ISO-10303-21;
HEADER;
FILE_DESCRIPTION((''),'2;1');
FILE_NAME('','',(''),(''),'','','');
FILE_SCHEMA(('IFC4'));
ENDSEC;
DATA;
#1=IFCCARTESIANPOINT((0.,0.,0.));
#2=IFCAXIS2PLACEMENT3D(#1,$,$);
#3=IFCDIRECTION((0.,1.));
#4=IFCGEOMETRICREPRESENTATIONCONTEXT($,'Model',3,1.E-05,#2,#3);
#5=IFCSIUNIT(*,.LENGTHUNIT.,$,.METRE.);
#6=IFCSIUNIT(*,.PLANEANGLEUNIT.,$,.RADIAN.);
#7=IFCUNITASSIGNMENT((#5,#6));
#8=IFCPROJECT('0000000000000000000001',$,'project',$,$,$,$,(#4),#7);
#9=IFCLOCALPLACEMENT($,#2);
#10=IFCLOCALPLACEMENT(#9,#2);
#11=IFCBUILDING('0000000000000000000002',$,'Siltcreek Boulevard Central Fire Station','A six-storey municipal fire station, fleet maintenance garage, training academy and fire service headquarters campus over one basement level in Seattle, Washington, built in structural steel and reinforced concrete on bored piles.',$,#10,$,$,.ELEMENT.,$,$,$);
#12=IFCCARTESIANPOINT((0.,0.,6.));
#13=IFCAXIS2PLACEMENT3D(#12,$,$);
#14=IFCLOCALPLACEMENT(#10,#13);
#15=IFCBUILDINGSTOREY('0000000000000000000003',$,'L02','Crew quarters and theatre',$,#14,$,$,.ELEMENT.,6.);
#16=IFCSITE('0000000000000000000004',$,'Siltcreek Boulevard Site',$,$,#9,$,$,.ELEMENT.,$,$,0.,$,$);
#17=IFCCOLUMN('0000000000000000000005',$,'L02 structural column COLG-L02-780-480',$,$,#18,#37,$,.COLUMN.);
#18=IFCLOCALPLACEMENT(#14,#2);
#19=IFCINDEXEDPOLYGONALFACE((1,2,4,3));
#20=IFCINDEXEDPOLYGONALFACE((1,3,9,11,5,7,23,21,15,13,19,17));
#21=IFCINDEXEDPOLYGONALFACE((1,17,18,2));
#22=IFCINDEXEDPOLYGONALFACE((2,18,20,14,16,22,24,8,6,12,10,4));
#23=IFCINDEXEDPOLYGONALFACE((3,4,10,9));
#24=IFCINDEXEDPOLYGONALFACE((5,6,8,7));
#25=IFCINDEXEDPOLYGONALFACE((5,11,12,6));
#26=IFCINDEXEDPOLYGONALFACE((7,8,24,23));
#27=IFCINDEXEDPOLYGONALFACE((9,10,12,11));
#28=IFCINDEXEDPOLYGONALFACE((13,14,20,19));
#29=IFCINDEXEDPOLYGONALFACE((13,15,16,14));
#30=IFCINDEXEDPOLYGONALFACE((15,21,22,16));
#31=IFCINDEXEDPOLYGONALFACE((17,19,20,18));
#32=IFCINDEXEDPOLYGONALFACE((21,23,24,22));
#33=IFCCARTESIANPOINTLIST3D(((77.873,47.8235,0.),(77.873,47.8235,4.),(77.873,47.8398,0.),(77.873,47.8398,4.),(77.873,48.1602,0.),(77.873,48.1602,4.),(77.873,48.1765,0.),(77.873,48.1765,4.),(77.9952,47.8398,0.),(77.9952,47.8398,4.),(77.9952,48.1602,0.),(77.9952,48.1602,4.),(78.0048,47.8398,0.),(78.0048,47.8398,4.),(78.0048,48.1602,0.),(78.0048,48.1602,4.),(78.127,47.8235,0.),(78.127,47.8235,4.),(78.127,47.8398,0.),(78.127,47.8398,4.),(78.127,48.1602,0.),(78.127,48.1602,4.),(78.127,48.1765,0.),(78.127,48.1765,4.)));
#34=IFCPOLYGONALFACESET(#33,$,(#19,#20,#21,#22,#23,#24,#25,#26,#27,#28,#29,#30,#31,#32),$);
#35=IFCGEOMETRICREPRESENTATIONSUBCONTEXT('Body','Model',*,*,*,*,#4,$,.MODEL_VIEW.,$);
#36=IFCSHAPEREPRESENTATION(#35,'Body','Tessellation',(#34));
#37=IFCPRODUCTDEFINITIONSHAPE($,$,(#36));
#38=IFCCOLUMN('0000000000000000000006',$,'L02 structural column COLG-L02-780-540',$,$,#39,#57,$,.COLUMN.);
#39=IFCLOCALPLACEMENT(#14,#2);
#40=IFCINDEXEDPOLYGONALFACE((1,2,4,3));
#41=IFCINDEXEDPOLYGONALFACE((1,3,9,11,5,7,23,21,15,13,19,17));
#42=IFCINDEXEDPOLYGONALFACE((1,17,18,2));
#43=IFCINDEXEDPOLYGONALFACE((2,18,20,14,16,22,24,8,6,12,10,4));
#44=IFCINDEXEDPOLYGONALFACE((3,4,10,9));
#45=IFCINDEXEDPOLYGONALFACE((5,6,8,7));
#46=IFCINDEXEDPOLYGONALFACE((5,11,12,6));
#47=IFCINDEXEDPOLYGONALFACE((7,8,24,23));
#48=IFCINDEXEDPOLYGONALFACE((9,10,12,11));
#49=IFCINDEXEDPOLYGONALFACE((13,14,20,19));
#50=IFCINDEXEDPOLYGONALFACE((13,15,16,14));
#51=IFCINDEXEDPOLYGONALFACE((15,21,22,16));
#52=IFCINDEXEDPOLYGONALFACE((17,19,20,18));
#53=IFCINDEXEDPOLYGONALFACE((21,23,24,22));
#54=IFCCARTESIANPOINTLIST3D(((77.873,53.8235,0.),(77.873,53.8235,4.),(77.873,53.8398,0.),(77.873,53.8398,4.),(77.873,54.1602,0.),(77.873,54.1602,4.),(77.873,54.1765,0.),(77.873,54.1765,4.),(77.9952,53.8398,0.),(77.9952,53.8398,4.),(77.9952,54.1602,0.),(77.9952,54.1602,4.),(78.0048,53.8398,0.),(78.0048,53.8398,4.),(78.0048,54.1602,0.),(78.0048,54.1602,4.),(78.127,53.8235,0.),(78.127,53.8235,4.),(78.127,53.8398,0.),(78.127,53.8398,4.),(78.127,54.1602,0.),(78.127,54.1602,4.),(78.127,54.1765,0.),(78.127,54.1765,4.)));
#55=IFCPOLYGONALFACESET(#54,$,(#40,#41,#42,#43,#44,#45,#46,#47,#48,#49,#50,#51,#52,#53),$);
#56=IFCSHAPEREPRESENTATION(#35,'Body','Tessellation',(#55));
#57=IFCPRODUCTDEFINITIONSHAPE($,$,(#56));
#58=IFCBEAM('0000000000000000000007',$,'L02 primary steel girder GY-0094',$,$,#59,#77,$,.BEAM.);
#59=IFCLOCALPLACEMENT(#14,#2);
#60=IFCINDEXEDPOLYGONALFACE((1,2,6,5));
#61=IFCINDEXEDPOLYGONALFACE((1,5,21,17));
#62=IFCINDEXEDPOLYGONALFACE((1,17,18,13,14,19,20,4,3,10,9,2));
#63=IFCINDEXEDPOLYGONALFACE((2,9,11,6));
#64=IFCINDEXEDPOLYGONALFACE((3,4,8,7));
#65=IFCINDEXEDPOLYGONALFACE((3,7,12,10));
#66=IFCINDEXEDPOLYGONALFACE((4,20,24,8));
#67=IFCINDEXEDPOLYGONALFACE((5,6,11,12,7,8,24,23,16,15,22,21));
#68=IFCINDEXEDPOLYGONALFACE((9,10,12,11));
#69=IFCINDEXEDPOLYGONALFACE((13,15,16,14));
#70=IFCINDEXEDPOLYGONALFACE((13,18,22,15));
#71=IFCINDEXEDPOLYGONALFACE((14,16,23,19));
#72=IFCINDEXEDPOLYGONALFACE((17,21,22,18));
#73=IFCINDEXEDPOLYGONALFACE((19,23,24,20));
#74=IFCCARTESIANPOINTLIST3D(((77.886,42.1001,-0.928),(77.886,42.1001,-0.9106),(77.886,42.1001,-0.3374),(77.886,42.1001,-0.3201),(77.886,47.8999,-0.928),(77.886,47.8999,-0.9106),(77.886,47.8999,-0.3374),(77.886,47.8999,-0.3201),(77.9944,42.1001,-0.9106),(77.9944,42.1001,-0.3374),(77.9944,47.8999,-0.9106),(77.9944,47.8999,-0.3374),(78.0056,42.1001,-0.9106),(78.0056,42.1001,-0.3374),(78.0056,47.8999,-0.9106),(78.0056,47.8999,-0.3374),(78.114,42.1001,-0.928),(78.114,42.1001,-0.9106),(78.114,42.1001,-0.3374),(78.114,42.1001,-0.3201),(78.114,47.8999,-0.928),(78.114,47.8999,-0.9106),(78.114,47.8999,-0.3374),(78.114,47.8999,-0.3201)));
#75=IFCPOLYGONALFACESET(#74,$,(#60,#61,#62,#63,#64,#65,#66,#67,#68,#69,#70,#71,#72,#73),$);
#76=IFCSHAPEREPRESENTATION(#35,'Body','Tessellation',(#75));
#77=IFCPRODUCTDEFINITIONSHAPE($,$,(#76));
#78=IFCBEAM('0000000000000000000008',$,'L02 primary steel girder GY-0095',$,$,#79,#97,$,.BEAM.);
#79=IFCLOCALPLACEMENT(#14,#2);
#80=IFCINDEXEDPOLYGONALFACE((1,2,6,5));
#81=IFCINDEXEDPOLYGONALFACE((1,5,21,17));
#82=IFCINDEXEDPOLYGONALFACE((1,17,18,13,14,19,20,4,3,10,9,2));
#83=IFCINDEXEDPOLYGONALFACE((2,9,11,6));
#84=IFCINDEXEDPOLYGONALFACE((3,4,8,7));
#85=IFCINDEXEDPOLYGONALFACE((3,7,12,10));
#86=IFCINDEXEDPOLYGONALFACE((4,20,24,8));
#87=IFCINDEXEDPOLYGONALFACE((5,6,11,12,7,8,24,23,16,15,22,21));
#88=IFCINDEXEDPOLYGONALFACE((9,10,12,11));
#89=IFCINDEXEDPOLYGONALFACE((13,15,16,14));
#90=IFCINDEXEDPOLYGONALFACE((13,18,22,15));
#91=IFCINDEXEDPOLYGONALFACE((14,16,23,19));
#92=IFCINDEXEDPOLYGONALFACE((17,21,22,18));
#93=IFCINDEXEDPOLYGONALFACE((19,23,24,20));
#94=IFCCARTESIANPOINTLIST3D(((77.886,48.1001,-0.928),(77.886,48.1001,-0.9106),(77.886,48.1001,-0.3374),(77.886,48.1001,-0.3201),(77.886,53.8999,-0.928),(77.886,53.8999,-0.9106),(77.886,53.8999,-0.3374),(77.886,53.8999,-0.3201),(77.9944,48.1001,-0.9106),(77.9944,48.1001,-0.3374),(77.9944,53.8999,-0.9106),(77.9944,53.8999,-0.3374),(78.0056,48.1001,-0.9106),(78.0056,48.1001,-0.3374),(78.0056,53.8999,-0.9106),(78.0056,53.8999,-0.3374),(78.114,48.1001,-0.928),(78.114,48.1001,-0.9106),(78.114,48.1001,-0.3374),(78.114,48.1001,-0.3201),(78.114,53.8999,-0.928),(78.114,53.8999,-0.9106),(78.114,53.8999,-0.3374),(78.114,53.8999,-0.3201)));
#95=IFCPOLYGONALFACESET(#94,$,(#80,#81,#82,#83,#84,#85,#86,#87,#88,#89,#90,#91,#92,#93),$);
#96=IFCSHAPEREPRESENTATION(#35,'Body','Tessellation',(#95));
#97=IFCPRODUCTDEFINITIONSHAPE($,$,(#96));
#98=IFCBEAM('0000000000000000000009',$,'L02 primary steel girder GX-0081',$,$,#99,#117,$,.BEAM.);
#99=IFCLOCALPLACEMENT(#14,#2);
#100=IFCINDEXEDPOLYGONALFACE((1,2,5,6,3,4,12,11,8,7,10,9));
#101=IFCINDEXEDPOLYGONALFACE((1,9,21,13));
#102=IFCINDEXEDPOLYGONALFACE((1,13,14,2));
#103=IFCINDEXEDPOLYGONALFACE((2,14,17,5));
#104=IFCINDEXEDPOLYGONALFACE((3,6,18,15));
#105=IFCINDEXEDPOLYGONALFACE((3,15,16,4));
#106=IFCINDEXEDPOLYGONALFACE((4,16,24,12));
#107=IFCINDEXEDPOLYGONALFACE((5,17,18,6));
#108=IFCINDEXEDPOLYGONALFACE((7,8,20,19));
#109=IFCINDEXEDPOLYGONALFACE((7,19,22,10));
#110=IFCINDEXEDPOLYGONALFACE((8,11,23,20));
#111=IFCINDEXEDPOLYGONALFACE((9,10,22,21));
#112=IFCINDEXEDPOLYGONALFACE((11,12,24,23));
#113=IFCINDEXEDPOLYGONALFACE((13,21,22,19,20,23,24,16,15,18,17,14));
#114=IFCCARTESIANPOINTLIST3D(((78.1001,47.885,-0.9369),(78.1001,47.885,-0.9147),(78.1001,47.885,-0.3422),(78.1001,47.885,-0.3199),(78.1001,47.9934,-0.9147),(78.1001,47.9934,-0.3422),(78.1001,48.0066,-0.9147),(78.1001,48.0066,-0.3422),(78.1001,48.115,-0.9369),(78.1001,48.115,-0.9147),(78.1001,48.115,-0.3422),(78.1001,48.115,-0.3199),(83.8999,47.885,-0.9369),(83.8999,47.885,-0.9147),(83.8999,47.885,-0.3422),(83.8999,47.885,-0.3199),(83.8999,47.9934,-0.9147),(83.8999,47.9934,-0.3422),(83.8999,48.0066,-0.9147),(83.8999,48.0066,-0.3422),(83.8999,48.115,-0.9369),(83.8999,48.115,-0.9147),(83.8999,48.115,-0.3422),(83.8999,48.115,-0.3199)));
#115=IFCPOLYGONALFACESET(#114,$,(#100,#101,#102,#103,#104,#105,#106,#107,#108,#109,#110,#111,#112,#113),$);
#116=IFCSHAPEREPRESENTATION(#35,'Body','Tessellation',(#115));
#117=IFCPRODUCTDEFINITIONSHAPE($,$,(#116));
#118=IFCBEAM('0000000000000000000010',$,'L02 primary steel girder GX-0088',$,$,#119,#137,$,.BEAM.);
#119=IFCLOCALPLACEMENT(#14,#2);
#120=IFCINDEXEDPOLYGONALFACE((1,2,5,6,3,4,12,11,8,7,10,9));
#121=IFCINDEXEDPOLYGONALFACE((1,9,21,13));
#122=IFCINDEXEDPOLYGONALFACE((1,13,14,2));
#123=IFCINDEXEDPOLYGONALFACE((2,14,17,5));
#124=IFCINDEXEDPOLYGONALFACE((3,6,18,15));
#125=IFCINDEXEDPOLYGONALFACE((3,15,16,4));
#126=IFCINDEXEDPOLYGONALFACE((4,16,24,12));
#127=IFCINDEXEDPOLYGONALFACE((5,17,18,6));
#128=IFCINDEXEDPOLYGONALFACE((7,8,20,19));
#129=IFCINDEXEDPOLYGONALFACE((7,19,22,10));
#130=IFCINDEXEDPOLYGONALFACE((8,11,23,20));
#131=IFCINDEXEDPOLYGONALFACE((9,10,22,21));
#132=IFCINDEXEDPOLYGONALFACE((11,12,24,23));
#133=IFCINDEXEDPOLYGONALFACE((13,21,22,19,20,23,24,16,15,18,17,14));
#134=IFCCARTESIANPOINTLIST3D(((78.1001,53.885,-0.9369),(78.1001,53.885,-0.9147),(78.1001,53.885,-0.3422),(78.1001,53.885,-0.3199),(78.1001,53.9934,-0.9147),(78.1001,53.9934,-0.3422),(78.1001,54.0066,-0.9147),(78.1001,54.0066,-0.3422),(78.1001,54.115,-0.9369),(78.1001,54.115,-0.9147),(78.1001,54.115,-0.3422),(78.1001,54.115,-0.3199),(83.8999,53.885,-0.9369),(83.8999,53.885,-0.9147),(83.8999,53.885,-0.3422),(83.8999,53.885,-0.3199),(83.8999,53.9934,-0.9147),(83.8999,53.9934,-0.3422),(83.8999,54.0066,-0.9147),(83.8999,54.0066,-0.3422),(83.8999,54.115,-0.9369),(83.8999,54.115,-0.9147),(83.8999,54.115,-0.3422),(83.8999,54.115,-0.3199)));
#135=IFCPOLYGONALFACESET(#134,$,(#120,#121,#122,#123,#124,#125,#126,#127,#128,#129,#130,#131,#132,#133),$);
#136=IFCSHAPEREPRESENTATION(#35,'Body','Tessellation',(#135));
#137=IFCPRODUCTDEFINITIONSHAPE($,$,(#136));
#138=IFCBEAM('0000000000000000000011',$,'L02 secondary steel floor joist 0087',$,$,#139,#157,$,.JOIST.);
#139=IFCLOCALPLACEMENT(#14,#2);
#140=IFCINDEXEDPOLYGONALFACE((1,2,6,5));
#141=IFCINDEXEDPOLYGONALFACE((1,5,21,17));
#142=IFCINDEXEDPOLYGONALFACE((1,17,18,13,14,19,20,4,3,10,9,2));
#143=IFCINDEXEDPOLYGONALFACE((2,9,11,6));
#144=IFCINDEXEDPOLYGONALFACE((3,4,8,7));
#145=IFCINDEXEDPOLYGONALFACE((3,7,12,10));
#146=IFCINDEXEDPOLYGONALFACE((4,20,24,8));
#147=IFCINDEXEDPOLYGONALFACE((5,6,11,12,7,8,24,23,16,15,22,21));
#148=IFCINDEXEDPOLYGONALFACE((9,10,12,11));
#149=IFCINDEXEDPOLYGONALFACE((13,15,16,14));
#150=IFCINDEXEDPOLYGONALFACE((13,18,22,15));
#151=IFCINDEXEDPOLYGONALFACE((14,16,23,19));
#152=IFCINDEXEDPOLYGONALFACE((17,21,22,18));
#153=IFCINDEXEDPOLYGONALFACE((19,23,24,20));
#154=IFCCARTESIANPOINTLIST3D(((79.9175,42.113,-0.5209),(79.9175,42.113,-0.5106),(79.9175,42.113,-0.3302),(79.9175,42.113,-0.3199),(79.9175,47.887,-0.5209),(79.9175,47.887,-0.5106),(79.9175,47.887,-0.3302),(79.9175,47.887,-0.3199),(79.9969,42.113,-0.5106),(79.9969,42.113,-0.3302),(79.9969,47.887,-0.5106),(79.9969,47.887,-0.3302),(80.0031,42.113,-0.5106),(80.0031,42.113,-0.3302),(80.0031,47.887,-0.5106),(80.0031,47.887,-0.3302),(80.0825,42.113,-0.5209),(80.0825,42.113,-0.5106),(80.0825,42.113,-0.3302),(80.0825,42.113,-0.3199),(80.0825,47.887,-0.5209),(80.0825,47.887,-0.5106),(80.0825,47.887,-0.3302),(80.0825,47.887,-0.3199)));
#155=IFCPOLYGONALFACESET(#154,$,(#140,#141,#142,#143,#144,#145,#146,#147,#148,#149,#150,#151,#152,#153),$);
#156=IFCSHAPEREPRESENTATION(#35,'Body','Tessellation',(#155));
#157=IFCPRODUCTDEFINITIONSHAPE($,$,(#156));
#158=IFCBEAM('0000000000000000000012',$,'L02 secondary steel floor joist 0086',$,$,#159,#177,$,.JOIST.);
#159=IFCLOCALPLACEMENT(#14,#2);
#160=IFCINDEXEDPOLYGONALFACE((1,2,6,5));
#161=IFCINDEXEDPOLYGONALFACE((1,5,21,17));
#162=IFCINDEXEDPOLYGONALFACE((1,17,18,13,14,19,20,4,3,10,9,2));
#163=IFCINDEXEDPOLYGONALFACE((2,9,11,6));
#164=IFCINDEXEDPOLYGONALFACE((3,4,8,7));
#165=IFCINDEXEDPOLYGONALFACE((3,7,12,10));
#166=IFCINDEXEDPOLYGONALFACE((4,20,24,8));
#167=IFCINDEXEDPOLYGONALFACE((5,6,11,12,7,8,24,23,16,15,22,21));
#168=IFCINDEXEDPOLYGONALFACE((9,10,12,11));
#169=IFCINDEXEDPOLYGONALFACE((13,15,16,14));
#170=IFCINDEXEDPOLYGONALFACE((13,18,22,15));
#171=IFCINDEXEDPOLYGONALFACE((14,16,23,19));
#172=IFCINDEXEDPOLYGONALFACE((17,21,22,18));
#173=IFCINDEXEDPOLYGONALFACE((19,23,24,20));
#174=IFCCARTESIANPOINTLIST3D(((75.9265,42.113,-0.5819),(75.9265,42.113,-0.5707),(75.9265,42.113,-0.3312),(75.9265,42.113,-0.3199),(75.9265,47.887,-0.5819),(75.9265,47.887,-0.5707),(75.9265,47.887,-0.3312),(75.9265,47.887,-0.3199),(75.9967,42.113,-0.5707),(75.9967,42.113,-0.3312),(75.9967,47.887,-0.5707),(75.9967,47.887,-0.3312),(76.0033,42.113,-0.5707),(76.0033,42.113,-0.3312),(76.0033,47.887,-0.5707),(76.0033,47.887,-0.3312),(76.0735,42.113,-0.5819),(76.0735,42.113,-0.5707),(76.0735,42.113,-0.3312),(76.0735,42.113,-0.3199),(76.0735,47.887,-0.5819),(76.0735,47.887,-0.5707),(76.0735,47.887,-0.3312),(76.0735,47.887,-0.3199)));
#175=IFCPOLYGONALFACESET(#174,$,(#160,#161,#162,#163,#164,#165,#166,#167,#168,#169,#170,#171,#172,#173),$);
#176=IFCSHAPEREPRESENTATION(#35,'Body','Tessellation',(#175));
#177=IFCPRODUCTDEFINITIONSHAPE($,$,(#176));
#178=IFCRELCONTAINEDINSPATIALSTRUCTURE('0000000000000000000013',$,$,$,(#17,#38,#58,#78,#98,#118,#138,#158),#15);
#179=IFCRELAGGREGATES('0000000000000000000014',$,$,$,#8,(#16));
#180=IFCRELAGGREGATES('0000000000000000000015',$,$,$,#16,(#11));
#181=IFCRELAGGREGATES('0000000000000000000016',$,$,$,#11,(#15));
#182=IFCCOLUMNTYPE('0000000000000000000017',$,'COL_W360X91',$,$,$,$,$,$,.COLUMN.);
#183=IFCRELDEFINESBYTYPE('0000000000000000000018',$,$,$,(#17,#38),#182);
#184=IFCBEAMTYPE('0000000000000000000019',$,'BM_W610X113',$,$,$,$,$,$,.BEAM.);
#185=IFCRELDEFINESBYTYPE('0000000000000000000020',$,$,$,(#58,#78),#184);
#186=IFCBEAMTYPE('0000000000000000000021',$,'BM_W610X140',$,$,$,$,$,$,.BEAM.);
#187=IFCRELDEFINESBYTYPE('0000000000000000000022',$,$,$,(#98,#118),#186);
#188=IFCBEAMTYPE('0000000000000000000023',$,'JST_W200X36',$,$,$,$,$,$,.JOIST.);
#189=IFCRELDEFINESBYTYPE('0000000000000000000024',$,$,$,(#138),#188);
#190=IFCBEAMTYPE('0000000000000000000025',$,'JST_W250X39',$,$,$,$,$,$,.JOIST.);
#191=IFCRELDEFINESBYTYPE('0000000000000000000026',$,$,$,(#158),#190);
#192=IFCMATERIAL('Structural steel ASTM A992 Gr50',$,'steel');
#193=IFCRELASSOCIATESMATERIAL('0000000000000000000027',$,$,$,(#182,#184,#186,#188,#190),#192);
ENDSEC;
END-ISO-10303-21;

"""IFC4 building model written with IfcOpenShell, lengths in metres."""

from ifc_helpers import new_model, si_unit, direction, frame, origin, origin_2d, place, context, subcontext, project, spatial, i_section, extrude, material, material_profile, profile_set, type_object, element, save


model = new_model("IFC4")

# Units and contexts
model_context = context("Model", 3, precision=1e-05, world=origin(), true_north=direction((0.0, 1.0)))
body_context = subcontext(model_context, "Body", "Model", "MODEL_VIEW")
ifc_project = project(units=[si_unit("LENGTHUNIT", "METRE"), si_unit("PLANEANGLEUNIT", "RADIAN")], contexts=[model_context])

# Site, building, storey
site_placement = place(None, origin())
site = spatial("IfcSite", under=ifc_project, at=site_placement, Name="Siltcreek Boulevard Site", CompositionType="ELEMENT", RefElevation=0.0)
building_placement = place(site_placement, origin())
building = spatial("IfcBuilding", under=site, at=building_placement, Name="Siltcreek Boulevard Central Fire Station", Description="A six-storey municipal fire station, fleet maintenance garage, training academy and fire service headquarters campus over one basement level in Seattle, Washington, built in structural steel and reinforced concrete on bored piles.", CompositionType="ELEMENT")
storey_placement = place(building_placement, frame((0.0, 0.0, 6.0)))
storey = spatial("IfcBuildingStorey", under=building, at=storey_placement, Name="L02", Description="Crew quarters and theatre", CompositionType="ELEMENT", Elevation=6.0)

# Columns
ifc_material_1 = material(Name="Structural steel ASTM A992 Gr50", Category="steel")
ifc_material_profile_1 = material_profile(ifc_material_1, i_section(OverallWidth=0.2539, OverallDepth=0.353, WebThickness=0.0095, FlangeThickness=0.0164, at=origin_2d()), Name="W360X91")
ifc_profile_set_1 = profile_set([ifc_material_profile_1], Name="Structural steel ASTM A992 Gr50")
column_type = type_object("IfcColumnType", Name="COL_W360X91", PredefinedType="COLUMN", material=ifc_profile_set_1)
for number, where, z_axis, x_axis, name in (
    (1, (78.0, 48.0, 0.0), (0.0, 0.0, 1.0), (1.0, 0.0, 0.0), "L02 structural column COLG-L02-780-480"),
    (2, (78.0, 54.0, 0.0), (0.0, 0.0, 1.0), (1.0, 0.0, 0.0), "L02 structural column COLG-L02-780-540"),
):
    element("IfcColumn", number, at=place(storey_placement, frame(where, z_axis=z_axis, x_axis=x_axis)), inside=storey, type_object=column_type, Name=name, PredefinedType="COLUMN", context=body_context, shape_type="SweptSolid", body=[
        extrude(i_section(OverallWidth=0.2539, OverallDepth=0.353, WebThickness=0.0095, FlangeThickness=0.0164, at=origin_2d()), origin(), (0.0, 0.0, 1.0), 4.0),
    ])

# Beams
ifc_material_profile_2 = material_profile(ifc_material_1, i_section(OverallWidth=0.228, OverallDepth=0.6079, WebThickness=0.0112, FlangeThickness=0.0173, at=origin_2d()), Name="W610X113")
ifc_profile_set_2 = profile_set([ifc_material_profile_2], Name="Structural steel ASTM A992 Gr50")
beam_type_1 = type_object("IfcBeamType", Name="BM_W610X113", PredefinedType="BEAM", material=ifc_profile_set_2)
for number, where, z_axis, x_axis, name in (
    (3, (78.0, 42.1001, -0.624), (0.0, 1.0, 0.0), (-1.0, 0.0, 0.0), "L02 primary steel girder GY-0094"),
    (4, (78.0, 48.1001, -0.624), (0.0, 1.0, 0.0), (-1.0, 0.0, 0.0), "L02 primary steel girder GY-0095"),
):
    element("IfcBeam", number, at=place(storey_placement, frame(where, z_axis=z_axis, x_axis=x_axis)), inside=storey, type_object=beam_type_1, Name=name, PredefinedType="BEAM", context=body_context, shape_type="SweptSolid", body=[
        extrude(i_section(OverallWidth=0.228, OverallDepth=0.6079, WebThickness=0.0112, FlangeThickness=0.0173, at=origin_2d()), origin(), (0.0, 0.0, 1.0), 5.7998),
    ])
ifc_material_profile_3 = material_profile(ifc_material_1, i_section(OverallWidth=0.23, OverallDepth=0.6169, WebThickness=0.0132, FlangeThickness=0.0222, at=origin_2d()), Name="W610X140")
ifc_profile_set_3 = profile_set([ifc_material_profile_3], Name="Structural steel ASTM A992 Gr50")
beam_type_2 = type_object("IfcBeamType", Name="BM_W610X140", PredefinedType="BEAM", material=ifc_profile_set_3)
for number, where, z_axis, x_axis, name in (
    (5, (78.1001, 48.0, -0.6284), (1.0, 0.0, 0.0), (0.0, 1.0, 0.0), "L02 primary steel girder GX-0081"),
    (6, (78.1001, 54.0, -0.6284), (1.0, 0.0, 0.0), (0.0, 1.0, 0.0), "L02 primary steel girder GX-0088"),
):
    element("IfcBeam", number, at=place(storey_placement, frame(where, z_axis=z_axis, x_axis=x_axis)), inside=storey, type_object=beam_type_2, Name=name, PredefinedType="BEAM", context=body_context, shape_type="SweptSolid", body=[
        extrude(i_section(OverallWidth=0.23, OverallDepth=0.6169, WebThickness=0.0132, FlangeThickness=0.0222, at=origin_2d()), origin(), (0.0, 0.0, 1.0), 5.7998),
    ])
ifc_material_profile_4 = material_profile(ifc_material_1, i_section(OverallWidth=0.165, OverallDepth=0.2009, WebThickness=0.0061, FlangeThickness=0.0103, at=origin_2d()), Name="W200X36")
ifc_profile_set_4 = profile_set([ifc_material_profile_4], Name="Structural steel ASTM A992 Gr50")
beam_type_3 = type_object("IfcBeamType", Name="JST_W200X36", PredefinedType="JOIST", material=ifc_profile_set_4)
beam_1_placement = place(storey_placement, frame((80.0, 42.113, -0.4204), z_axis=(0.0, 1.0, 0.0), x_axis=(-1.0, 0.0, 0.0)))
element("IfcBeam", 7, at=beam_1_placement, inside=storey, type_object=beam_type_3, Name="L02 secondary steel floor joist 0087", PredefinedType="JOIST", context=body_context, shape_type="SweptSolid", body=[
    extrude(i_section(OverallWidth=0.165, OverallDepth=0.2009, WebThickness=0.0061, FlangeThickness=0.0103, at=origin_2d()), origin(), (0.0, 0.0, 1.0), 5.7739),
])
ifc_material_profile_5 = material_profile(ifc_material_1, i_section(OverallWidth=0.147, OverallDepth=0.262, WebThickness=0.0066, FlangeThickness=0.0112, at=origin_2d()), Name="W250X39")
ifc_profile_set_5 = profile_set([ifc_material_profile_5], Name="Structural steel ASTM A992 Gr50")
beam_type_4 = type_object("IfcBeamType", Name="JST_W250X39", PredefinedType="JOIST", material=ifc_profile_set_5)
beam_2_placement = place(storey_placement, frame((76.0, 42.113, -0.4509), z_axis=(0.0, 1.0, 0.0), x_axis=(-1.0, 0.0, 0.0)))
element("IfcBeam", 8, at=beam_2_placement, inside=storey, type_object=beam_type_4, Name="L02 secondary steel floor joist 0086", PredefinedType="JOIST", context=body_context, shape_type="SweptSolid", body=[
    extrude(i_section(OverallWidth=0.147, OverallDepth=0.262, WebThickness=0.0066, FlangeThickness=0.0112, at=origin_2d()), origin(), (0.0, 0.0, 1.0), 5.7739),
])

save(model, "model.ifc")
